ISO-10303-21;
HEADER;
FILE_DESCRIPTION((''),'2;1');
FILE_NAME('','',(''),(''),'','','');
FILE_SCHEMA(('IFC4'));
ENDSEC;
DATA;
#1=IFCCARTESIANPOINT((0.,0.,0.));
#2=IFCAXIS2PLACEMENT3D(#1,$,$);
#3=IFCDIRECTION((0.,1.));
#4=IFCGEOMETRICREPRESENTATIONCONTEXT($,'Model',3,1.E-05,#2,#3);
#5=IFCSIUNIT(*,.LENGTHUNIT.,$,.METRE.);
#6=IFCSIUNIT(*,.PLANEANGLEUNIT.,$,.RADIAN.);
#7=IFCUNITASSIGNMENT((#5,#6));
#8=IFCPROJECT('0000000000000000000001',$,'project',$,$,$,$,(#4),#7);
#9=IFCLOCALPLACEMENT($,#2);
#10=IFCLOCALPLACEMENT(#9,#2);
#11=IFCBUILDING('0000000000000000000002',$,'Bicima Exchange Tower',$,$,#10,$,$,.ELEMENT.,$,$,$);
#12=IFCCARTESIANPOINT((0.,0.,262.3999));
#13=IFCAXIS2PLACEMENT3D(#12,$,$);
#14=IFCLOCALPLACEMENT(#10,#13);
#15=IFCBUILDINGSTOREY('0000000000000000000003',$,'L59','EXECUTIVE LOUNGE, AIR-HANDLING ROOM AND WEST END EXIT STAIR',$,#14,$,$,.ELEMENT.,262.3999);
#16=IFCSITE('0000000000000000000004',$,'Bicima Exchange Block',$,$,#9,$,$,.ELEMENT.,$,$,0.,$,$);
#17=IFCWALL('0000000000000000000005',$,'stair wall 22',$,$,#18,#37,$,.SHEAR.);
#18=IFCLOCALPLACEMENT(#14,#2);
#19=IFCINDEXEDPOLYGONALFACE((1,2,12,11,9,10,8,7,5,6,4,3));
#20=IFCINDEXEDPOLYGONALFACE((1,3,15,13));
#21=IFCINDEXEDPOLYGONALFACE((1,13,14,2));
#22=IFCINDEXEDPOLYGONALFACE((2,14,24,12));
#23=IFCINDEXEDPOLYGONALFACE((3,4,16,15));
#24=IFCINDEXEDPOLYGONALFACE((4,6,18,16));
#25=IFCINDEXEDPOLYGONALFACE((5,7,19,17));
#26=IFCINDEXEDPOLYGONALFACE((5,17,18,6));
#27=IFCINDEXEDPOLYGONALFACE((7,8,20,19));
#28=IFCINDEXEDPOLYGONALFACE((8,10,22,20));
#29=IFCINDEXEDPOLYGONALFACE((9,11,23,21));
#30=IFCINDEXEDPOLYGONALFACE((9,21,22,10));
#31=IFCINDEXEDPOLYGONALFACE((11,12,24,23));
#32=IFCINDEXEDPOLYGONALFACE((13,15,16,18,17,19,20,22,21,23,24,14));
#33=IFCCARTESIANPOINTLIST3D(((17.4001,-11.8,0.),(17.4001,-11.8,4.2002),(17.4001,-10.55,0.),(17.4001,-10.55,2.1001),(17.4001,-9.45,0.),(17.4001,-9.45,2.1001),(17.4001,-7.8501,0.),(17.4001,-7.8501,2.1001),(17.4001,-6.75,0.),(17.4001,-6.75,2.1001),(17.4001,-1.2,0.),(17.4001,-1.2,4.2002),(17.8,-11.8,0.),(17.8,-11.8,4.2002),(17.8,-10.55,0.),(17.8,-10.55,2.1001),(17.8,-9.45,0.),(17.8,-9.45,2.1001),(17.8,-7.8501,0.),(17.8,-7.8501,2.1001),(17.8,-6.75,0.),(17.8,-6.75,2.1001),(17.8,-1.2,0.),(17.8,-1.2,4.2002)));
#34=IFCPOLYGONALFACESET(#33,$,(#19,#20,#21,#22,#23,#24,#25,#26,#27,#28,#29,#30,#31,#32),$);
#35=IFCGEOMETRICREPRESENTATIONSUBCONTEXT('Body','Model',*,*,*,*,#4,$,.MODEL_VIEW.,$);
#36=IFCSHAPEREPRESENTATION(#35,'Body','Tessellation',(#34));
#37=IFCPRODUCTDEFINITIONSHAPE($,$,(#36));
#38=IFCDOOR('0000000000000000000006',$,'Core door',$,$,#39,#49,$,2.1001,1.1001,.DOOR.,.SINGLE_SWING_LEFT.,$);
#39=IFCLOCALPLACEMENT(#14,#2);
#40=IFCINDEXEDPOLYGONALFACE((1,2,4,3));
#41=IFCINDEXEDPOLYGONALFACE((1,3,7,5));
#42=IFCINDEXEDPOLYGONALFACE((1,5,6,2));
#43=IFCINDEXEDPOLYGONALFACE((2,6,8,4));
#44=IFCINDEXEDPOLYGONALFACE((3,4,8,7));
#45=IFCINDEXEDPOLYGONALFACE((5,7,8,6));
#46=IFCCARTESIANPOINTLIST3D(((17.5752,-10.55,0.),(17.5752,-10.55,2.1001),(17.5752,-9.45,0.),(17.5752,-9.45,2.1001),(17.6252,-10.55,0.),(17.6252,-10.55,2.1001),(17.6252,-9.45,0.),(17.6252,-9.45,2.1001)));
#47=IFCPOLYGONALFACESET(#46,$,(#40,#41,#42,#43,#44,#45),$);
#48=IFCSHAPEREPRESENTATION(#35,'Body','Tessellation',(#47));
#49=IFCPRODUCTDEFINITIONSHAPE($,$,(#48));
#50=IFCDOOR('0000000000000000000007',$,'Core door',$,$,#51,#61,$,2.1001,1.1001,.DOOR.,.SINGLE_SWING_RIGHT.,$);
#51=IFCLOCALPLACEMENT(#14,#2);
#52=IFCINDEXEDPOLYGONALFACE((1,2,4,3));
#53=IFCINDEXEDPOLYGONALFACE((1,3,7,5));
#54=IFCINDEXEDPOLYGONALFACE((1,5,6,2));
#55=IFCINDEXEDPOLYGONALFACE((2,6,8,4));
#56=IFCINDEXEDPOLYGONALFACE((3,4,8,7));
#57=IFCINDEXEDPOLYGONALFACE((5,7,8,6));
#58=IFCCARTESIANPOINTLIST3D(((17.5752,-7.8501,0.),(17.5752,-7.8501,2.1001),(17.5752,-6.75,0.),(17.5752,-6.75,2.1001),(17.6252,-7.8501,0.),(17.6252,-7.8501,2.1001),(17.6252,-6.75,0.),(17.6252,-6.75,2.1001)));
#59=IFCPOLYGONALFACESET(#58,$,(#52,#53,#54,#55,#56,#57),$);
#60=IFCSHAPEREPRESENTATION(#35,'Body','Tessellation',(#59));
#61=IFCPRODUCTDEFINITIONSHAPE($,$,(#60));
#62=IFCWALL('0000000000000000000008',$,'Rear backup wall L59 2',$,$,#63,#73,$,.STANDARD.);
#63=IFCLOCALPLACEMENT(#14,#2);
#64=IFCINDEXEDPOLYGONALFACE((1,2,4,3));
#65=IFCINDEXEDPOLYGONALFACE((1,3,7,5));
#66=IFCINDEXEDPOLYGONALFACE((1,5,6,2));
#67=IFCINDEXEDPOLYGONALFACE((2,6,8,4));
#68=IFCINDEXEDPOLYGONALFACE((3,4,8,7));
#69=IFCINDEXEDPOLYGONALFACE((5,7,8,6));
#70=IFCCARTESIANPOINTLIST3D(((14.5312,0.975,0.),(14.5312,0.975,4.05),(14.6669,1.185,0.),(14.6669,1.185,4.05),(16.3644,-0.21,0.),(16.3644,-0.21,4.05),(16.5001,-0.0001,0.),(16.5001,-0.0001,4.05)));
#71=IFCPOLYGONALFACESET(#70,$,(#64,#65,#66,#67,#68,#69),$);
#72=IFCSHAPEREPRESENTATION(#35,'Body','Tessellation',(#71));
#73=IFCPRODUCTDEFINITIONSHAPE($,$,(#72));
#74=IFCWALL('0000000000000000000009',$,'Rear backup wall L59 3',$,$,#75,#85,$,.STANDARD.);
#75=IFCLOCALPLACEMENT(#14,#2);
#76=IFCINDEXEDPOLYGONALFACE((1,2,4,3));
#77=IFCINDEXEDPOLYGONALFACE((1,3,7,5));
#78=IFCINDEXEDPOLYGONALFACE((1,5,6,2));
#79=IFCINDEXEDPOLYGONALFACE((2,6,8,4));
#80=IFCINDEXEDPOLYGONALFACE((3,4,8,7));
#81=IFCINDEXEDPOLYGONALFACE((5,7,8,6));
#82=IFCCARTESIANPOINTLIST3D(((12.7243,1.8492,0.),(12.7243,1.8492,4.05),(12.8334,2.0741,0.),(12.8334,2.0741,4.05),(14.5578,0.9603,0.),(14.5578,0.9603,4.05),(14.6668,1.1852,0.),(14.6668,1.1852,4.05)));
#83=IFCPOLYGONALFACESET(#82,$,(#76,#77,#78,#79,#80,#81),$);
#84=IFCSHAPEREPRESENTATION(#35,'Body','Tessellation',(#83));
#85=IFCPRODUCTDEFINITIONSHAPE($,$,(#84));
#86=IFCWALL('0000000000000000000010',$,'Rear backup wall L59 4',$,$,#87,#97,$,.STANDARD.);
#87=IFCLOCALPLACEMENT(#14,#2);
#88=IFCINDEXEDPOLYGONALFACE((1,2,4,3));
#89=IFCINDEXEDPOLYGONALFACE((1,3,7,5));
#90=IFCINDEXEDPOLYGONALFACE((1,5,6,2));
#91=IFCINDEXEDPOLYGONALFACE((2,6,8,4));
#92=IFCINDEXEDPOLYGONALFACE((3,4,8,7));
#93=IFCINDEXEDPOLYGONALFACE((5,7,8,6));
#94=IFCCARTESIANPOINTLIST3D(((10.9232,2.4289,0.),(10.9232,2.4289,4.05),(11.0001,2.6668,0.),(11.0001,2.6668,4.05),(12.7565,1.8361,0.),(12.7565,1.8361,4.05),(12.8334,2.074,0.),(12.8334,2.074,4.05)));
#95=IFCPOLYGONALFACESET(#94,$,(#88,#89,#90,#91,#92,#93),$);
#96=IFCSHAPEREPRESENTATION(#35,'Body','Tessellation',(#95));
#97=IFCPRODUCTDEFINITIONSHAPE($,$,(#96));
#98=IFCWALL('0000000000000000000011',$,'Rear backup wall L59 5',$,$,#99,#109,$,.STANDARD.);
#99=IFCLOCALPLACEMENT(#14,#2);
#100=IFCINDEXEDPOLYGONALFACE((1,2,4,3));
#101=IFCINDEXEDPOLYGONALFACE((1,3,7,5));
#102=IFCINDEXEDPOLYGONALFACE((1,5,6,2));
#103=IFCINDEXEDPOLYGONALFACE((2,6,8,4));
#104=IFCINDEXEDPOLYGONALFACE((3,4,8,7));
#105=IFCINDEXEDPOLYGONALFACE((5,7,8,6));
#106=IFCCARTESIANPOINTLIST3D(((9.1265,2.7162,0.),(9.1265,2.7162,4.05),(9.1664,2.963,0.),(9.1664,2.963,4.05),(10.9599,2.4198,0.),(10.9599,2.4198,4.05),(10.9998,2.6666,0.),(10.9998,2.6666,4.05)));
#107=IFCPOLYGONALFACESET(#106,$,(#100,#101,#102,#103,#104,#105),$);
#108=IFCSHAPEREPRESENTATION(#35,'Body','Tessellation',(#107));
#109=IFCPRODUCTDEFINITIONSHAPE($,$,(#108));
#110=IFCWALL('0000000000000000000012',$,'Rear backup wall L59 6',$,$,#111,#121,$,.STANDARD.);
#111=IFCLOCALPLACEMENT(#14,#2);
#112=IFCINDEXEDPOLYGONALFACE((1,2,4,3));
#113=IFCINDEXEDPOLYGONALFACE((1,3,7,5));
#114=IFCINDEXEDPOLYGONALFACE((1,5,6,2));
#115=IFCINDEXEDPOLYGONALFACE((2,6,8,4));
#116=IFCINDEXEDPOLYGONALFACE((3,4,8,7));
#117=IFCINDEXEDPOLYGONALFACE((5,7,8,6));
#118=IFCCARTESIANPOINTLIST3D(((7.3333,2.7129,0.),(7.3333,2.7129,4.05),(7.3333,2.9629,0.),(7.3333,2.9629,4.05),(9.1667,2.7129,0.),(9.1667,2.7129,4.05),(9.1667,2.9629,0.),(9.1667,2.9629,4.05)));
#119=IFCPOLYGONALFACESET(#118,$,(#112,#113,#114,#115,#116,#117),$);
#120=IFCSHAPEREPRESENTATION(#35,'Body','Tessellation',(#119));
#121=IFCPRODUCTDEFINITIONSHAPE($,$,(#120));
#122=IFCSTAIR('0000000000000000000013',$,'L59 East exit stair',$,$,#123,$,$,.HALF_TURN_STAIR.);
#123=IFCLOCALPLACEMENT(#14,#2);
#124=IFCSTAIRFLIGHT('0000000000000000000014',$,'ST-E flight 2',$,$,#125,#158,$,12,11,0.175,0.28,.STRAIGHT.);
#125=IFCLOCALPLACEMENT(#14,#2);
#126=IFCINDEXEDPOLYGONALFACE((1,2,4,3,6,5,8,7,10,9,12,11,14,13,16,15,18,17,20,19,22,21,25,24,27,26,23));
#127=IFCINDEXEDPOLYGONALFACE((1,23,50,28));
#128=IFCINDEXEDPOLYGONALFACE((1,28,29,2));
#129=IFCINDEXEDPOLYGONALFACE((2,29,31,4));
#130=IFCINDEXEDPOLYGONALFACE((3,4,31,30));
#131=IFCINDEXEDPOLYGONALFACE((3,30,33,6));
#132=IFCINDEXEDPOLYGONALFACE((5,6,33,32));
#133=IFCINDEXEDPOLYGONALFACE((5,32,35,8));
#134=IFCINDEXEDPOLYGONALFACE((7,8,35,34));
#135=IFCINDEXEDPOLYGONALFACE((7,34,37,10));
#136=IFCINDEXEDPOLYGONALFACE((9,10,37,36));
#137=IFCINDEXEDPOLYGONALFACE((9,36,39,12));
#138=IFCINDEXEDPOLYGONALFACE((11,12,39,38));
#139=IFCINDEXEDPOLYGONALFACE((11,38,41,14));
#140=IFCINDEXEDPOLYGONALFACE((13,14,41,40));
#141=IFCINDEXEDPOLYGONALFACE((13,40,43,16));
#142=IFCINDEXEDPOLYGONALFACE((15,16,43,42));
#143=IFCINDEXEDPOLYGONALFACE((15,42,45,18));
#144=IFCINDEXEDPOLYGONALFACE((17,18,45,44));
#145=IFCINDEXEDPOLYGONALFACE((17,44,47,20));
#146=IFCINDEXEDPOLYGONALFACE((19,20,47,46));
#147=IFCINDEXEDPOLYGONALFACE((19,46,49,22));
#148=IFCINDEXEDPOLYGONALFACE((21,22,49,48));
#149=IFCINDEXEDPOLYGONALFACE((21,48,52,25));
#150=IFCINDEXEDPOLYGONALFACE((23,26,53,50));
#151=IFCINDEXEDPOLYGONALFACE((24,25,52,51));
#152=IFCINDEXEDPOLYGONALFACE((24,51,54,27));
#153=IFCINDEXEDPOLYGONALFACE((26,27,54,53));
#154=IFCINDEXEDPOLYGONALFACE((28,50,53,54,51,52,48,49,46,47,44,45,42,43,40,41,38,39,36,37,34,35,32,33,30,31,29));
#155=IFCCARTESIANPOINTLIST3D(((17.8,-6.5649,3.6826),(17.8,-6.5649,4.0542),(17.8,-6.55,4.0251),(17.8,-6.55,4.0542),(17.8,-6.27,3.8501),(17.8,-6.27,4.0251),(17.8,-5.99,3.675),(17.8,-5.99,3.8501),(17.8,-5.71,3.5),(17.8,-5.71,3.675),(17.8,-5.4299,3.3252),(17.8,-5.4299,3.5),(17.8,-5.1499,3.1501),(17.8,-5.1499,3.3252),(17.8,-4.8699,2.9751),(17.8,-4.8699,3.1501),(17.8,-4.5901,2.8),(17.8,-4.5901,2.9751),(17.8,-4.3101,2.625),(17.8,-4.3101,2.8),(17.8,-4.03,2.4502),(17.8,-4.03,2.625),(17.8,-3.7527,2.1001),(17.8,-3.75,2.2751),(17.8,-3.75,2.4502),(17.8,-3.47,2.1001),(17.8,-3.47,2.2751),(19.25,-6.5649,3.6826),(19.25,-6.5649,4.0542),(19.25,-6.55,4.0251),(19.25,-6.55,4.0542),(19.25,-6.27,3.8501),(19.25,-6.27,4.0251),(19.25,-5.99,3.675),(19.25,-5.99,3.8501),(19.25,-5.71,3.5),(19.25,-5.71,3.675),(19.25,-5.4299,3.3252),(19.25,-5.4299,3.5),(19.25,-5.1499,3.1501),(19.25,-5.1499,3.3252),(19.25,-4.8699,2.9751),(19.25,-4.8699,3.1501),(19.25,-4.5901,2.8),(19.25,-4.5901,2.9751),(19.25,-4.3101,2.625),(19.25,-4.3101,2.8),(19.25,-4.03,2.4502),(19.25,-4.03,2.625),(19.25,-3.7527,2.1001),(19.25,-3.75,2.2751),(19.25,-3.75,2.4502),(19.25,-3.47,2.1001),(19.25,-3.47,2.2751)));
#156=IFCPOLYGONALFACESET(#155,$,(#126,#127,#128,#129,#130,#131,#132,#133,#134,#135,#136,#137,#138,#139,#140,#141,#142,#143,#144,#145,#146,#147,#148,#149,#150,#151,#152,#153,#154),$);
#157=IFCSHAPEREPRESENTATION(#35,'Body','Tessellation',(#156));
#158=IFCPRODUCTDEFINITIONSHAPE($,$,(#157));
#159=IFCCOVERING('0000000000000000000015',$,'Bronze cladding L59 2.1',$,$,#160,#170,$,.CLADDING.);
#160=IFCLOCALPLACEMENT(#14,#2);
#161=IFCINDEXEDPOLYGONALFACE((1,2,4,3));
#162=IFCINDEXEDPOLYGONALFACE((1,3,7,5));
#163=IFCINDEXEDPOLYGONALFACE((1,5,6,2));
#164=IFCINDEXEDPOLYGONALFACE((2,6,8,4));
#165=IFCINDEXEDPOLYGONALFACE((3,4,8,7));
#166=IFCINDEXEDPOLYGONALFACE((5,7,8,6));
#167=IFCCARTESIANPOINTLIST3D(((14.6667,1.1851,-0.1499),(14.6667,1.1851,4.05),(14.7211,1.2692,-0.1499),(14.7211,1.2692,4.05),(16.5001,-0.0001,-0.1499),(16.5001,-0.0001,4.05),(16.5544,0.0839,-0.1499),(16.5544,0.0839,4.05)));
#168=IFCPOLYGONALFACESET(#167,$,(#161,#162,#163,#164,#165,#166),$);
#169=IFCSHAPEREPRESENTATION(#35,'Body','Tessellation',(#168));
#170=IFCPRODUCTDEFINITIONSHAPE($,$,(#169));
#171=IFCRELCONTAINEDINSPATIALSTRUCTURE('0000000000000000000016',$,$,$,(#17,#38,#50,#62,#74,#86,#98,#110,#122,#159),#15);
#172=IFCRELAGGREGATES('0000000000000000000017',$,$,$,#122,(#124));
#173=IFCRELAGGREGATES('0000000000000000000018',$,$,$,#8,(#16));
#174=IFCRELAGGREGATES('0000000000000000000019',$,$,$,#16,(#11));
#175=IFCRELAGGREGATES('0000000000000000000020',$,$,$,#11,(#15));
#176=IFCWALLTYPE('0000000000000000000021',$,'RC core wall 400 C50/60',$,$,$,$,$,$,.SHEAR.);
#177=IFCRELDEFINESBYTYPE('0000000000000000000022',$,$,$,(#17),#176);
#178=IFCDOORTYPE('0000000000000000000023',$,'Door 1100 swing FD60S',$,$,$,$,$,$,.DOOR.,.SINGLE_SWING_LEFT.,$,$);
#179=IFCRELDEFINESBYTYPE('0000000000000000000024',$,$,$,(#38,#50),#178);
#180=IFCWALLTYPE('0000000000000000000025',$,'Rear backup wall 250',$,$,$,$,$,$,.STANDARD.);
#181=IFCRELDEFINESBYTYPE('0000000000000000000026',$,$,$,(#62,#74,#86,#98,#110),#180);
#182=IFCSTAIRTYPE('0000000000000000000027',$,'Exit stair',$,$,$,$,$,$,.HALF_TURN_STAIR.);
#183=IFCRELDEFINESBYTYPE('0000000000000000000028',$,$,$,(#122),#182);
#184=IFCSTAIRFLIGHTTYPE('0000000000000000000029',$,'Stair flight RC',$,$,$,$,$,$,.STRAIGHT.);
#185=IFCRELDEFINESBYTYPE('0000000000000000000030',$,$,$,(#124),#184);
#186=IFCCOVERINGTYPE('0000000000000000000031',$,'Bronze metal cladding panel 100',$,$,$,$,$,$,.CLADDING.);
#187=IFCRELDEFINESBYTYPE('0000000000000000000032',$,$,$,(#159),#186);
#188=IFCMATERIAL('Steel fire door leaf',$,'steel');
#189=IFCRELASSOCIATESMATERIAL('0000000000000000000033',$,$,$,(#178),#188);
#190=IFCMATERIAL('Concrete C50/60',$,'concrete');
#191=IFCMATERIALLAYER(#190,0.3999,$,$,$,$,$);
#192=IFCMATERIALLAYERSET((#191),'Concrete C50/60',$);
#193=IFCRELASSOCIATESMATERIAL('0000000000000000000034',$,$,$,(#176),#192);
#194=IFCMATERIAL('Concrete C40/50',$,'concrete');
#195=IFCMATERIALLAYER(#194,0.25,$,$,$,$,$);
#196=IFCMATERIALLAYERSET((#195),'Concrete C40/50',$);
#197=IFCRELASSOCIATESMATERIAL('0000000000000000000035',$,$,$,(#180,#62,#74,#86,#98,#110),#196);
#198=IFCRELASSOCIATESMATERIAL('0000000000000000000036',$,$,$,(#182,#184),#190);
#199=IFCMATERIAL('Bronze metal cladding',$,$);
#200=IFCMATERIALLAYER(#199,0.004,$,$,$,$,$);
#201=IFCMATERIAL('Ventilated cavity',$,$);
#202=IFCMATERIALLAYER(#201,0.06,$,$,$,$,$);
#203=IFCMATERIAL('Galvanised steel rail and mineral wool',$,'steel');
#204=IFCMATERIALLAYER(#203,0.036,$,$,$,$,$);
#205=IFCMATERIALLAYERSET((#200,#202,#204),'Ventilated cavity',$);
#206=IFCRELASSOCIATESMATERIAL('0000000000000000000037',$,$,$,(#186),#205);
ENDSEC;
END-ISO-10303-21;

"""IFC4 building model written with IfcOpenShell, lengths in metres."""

from ifc_helpers import new_model, si_unit, direction, frame, frame_2d, origin, origin_2d, place, context, subcontext, project, spatial, polyline, rectangle, outline, extrude, material, layer, layer_set, layer_usage, type_object, element, fill, aggregate, save


model = new_model("IFC4")

# Units and contexts
model_context = context("Model", 3, precision=1e-05, world=origin(), true_north=direction((0.0, 1.0)))
body_context = subcontext(model_context, "Body", "Model", "MODEL_VIEW")
ifc_project = project(units=[si_unit("LENGTHUNIT", "METRE"), si_unit("PLANEANGLEUNIT", "RADIAN")], contexts=[model_context])

# Site, building, storey
site_placement = place(None, origin())
site = spatial("IfcSite", under=ifc_project, at=site_placement, Name="Bicima Exchange Block", CompositionType="ELEMENT", RefElevation=0.0)
building_placement = place(site_placement, origin())
building = spatial("IfcBuilding", under=site, at=building_placement, Name="Bicima Exchange Tower", CompositionType="ELEMENT")
storey_placement = place(building_placement, frame((0.0, 0.0, 262.3999)))
storey = spatial("IfcBuildingStorey", under=building, at=storey_placement, Name="L59", Description="EXECUTIVE LOUNGE, AIR-HANDLING ROOM AND WEST END EXIT STAIR", CompositionType="ELEMENT", Elevation=262.3999)

# Shared definitions
ifc_material_1 = material(Name="Concrete C40/50", Category="concrete")
ifc_material_2 = material(Name="Steel fire door leaf", Category="steel")
door_type_1 = type_object("IfcDoorType", Name="Door 1100 swing FD60S", OperationType="SINGLE_SWING_LEFT", PredefinedType="DOOR", material=ifc_material_2)
ifc_material_3 = material(Name="Concrete C50/60", Category="concrete")
ifc_layer_1 = layer(ifc_material_3, 0.3999)
ifc_layer_set_1 = layer_set([ifc_layer_1], Name="Concrete C50/60")
wall_type_1 = type_object("IfcWallType", Name="RC core wall 400 C50/60", PredefinedType="SHEAR", material=ifc_layer_set_1)

# Wall, openings, doors
wall_1_placement = place(storey_placement, frame((17.6001, -11.8, 0.0), z_axis=(0.0, 0.0, 1.0), x_axis=(0.0, 1.0, 0.0)))
wall_1 = element("IfcWall", 1, at=wall_1_placement, inside=storey, type_object=wall_type_1, Name="stair wall 22", PredefinedType="SHEAR", context=body_context, shape_type="SweptSolid", body=[
    extrude(rectangle(XDim=10.6001, YDim=0.3999, at=frame_2d((5.3, 0.0))), origin(), (0.0, 0.0, 1.0), 4.2002),
])
opening_1_placement = place(wall_1_placement, frame((1.25, 0.0, 0.0)))
opening_1 = element("IfcOpeningElement", 2, at=opening_1_placement, cuts=wall_1, PredefinedType="OPENING", context=body_context, shape_type="SweptSolid", body=[
    extrude(rectangle(XDim=1.1001, YDim=2.1001, at=frame_2d((0.55, 1.05))), frame((0.0, 0.2119, 0.0), z_axis=(0.0, -1.0, 0.0), x_axis=(1.0, 0.0, 0.0)), (0.0, 0.0, 1.0), 0.4238),
])
opening_2_placement = place(wall_1_placement, frame((3.95, 0.0, 0.0)))
opening_2 = element("IfcOpeningElement", 3, at=opening_2_placement, cuts=wall_1, PredefinedType="OPENING", context=body_context, shape_type="SweptSolid", body=[
    extrude(rectangle(XDim=1.1001, YDim=2.1001, at=frame_2d((0.55, 1.05))), frame((0.0, 0.2119, 0.0), z_axis=(0.0, -1.0, 0.0), x_axis=(1.0, 0.0, 0.0)), (0.0, 0.0, 1.0), 0.4238),
])
door_1_placement = place(opening_1_placement, origin())
door_1 = element("IfcDoor", 4, at=door_1_placement, inside=storey, type_object=door_type_1, Name="Core door", OperationType="SINGLE_SWING_LEFT", OverallHeight=2.1001, OverallWidth=1.1001, PredefinedType="DOOR", context=body_context, shape_type="SweptSolid", body=[
    extrude(rectangle(XDim=1.1001, YDim=2.1001, at=frame_2d((0.55, 1.05))), frame((0.0, 0.0249, 0.0), z_axis=(0.0, -1.0, 0.0), x_axis=(1.0, 0.0, 0.0)), (0.0, 0.0, 1.0), 0.05),
])
fill(opening_1, door_1)
door_2_placement = place(opening_2_placement, origin())
door_2 = element("IfcDoor", 5, at=door_2_placement, inside=storey, type_object=door_type_1, Name="Core door", OperationType="SINGLE_SWING_RIGHT", OverallHeight=2.1001, OverallWidth=1.1001, PredefinedType="DOOR", context=body_context, shape_type="SweptSolid", body=[
    extrude(rectangle(XDim=1.1001, YDim=2.1001, at=frame_2d((0.55, 1.05))), frame((0.0, 0.0249, 0.0), z_axis=(0.0, -1.0, 0.0), x_axis=(1.0, 0.0, 0.0)), (0.0, 0.0, 1.0), 0.05),
])
fill(opening_2, door_2)

# Walls
ifc_layer_2 = layer(ifc_material_1, 0.25)
ifc_layer_set_2 = layer_set([ifc_layer_2], Name="Concrete C40/50")
ifc_layer_usage = layer_usage(ifc_layer_set_2, "AXIS2", "POSITIVE", -0.125)
wall_type_2 = type_object("IfcWallType", Name="Rear backup wall 250", PredefinedType="STANDARD", material=ifc_layer_set_2)
wall_2_placement = place(storey_placement, frame((16.4321, -0.105, 0.0), z_axis=(0.0, 0.0, 1.0), x_axis=(-0.839813, 0.542876, 0.0)))
element("IfcWall", 6, at=wall_2_placement, inside=storey, type_object=wall_type_2, material=ifc_layer_usage, Name="Rear backup wall L59 2", PredefinedType="STANDARD", context=body_context, shape_type="SweptSolid", body=[
    extrude(rectangle(XDim=2.1829, YDim=0.25, at=frame_2d((1.0913, 0.0))), origin(), (0.0, 0.0, 1.0), 4.05),
])
wall_3_placement = place(storey_placement, frame((14.6123, 1.0728, 0.0), z_axis=(0.0, 0.0, 1.0), x_axis=(-0.899824, 0.436253, 0.0)))
element("IfcWall", 7, at=wall_3_placement, inside=storey, type_object=wall_type_2, material=ifc_layer_usage, Name="Rear backup wall L59 3", PredefinedType="STANDARD", context=body_context, shape_type="SweptSolid", body=[
    extrude(rectangle(XDim=2.0376, YDim=0.25, at=frame_2d((1.0188, 0.0))), origin(), (0.0, 0.0, 1.0), 4.05),
])
wall_4_placement = place(storey_placement, frame((12.7949, 1.9551, 0.0), z_axis=(0.0, 0.0, 1.0), x_axis=(-0.951496, 0.307662, 0.0)))
element("IfcWall", 8, at=wall_4_placement, inside=storey, type_object=wall_type_2, material=ifc_layer_usage, Name="Rear backup wall L59 4", PredefinedType="STANDARD", context=body_context, shape_type="SweptSolid", body=[
    extrude(rectangle(XDim=1.9268, YDim=0.25, at=frame_2d((0.9634, 0.0))), origin(), (0.0, 0.0, 1.0), 4.05),
])
wall_5_placement = place(storey_placement, frame((10.98, 2.5432, 0.0), z_axis=(0.0, 0.0, 1.0), x_axis=(-0.987182, 0.1596, 0.0)))
element("IfcWall", 9, at=wall_5_placement, inside=storey, type_object=wall_type_2, material=ifc_layer_usage, Name="Rear backup wall L59 5", PredefinedType="STANDARD", context=body_context, shape_type="SweptSolid", body=[
    extrude(rectangle(XDim=1.8572, YDim=0.25, at=frame_2d((0.9287, 0.0))), origin(), (0.0, 0.0, 1.0), 4.05),
])
wall_6_placement = place(storey_placement, frame((9.1667, 2.8379, 0.0), z_axis=(0.0, 0.0, 1.0), x_axis=(-1.0, 0.0, 0.0)))
element("IfcWall", 10, at=wall_6_placement, inside=storey, type_object=wall_type_2, material=ifc_layer_usage, Name="Rear backup wall L59 6", PredefinedType="STANDARD", context=body_context, shape_type="SweptSolid", body=[
    extrude(rectangle(XDim=1.8335, YDim=0.25, at=frame_2d((0.9167, 0.0))), origin(), (0.0, 0.0, 1.0), 4.05),
])

# Stair, stair flight
stair_type = type_object("IfcStairType", Name="Exit stair", PredefinedType="HALF_TURN_STAIR", material=ifc_material_3)
stair_placement = place(storey_placement, origin())
stair = element("IfcStair", 11, at=stair_placement, inside=storey, type_object=stair_type, Name="L59 East exit stair", PredefinedType="HALF_TURN_STAIR")
stair_flight_type = type_object("IfcStairFlightType", Name="Stair flight RC", PredefinedType="STRAIGHT", material=ifc_material_3)
stair_flight_placement = place(storey_placement, frame((18.5249, -3.47, 2.1001), z_axis=(0.0, 0.0, 1.0), x_axis=(0.0, -1.0, 0.0)))
stair_flight = element("IfcStairFlight", 12, at=stair_flight_placement, type_object=stair_flight_type, Name="ST-E flight 2", NumberOfRisers=12, NumberOfTreads=11, PredefinedType="STRAIGHT", RiserHeight=0.175, TreadLength=0.28, context=body_context, shape_type="SweptSolid", body=[
    extrude(outline(polyline([(0.0, 0.0), (0.0, 0.175), (0.28, 0.175), (0.28, 0.3501), (0.5601, 0.3501), (0.5601, 0.5249), (0.8401, 0.5249), (0.8401, 0.7), (1.1201, 0.7), (1.1201, 0.875), (1.3999, 0.875), (1.3999, 1.05), (1.6799, 1.05), (1.6799, 1.2251), (1.96, 1.2251), (1.96, 1.3999), (2.24, 1.3999), (2.24, 1.575), (2.52, 1.575), (2.52, 1.75), (2.8, 1.75), (2.8, 1.925), (3.0801, 1.925), (3.0801, 1.9541), (3.095, 1.9541), (3.095, 1.5825), (0.2827, 0.0), (0.0, 0.0)])), frame((0.0, 0.7251, 0.0), z_axis=(0.0, -1.0, 0.0), x_axis=(1.0, 0.0, 0.0)), (0.0, 0.0, 1.0), 1.45),
])
aggregate(stair, [stair_flight])

# Covering
ifc_material_4 = material(Name="Bronze metal cladding")
ifc_layer_3 = layer(ifc_material_4, 0.004)
ifc_material_5 = material(Name="Ventilated cavity")
ifc_layer_4 = layer(ifc_material_5, 0.06)
ifc_material_6 = material(Name="Galvanised steel rail and mineral wool", Category="steel")
ifc_layer_5 = layer(ifc_material_6, 0.036)
ifc_layer_set_3 = layer_set([ifc_layer_3, ifc_layer_4, ifc_layer_5], Name="Ventilated cavity")
covering_type = type_object("IfcCoveringType", Name="Bronze metal cladding panel 100", PredefinedType="CLADDING", material=ifc_layer_set_3)
covering_1_placement = place(storey_placement, frame((15.6106, 0.6345, -0.1499), z_axis=(0.0, 0.0, 1.0), x_axis=(-0.83979, 0.542911, 0.0)))
element("IfcCovering", 13, at=covering_1_placement, inside=storey, type_object=covering_type, Name="Bronze cladding L59 2.1", PredefinedType="CLADDING", context=body_context, shape_type="SweptSolid", body=[
    extrude(rectangle(XDim=2.1831, YDim=0.1001, at=origin_2d()), origin(), (0.0, 0.0, 1.0), 4.2),
])

save(model, "model.ifc")
